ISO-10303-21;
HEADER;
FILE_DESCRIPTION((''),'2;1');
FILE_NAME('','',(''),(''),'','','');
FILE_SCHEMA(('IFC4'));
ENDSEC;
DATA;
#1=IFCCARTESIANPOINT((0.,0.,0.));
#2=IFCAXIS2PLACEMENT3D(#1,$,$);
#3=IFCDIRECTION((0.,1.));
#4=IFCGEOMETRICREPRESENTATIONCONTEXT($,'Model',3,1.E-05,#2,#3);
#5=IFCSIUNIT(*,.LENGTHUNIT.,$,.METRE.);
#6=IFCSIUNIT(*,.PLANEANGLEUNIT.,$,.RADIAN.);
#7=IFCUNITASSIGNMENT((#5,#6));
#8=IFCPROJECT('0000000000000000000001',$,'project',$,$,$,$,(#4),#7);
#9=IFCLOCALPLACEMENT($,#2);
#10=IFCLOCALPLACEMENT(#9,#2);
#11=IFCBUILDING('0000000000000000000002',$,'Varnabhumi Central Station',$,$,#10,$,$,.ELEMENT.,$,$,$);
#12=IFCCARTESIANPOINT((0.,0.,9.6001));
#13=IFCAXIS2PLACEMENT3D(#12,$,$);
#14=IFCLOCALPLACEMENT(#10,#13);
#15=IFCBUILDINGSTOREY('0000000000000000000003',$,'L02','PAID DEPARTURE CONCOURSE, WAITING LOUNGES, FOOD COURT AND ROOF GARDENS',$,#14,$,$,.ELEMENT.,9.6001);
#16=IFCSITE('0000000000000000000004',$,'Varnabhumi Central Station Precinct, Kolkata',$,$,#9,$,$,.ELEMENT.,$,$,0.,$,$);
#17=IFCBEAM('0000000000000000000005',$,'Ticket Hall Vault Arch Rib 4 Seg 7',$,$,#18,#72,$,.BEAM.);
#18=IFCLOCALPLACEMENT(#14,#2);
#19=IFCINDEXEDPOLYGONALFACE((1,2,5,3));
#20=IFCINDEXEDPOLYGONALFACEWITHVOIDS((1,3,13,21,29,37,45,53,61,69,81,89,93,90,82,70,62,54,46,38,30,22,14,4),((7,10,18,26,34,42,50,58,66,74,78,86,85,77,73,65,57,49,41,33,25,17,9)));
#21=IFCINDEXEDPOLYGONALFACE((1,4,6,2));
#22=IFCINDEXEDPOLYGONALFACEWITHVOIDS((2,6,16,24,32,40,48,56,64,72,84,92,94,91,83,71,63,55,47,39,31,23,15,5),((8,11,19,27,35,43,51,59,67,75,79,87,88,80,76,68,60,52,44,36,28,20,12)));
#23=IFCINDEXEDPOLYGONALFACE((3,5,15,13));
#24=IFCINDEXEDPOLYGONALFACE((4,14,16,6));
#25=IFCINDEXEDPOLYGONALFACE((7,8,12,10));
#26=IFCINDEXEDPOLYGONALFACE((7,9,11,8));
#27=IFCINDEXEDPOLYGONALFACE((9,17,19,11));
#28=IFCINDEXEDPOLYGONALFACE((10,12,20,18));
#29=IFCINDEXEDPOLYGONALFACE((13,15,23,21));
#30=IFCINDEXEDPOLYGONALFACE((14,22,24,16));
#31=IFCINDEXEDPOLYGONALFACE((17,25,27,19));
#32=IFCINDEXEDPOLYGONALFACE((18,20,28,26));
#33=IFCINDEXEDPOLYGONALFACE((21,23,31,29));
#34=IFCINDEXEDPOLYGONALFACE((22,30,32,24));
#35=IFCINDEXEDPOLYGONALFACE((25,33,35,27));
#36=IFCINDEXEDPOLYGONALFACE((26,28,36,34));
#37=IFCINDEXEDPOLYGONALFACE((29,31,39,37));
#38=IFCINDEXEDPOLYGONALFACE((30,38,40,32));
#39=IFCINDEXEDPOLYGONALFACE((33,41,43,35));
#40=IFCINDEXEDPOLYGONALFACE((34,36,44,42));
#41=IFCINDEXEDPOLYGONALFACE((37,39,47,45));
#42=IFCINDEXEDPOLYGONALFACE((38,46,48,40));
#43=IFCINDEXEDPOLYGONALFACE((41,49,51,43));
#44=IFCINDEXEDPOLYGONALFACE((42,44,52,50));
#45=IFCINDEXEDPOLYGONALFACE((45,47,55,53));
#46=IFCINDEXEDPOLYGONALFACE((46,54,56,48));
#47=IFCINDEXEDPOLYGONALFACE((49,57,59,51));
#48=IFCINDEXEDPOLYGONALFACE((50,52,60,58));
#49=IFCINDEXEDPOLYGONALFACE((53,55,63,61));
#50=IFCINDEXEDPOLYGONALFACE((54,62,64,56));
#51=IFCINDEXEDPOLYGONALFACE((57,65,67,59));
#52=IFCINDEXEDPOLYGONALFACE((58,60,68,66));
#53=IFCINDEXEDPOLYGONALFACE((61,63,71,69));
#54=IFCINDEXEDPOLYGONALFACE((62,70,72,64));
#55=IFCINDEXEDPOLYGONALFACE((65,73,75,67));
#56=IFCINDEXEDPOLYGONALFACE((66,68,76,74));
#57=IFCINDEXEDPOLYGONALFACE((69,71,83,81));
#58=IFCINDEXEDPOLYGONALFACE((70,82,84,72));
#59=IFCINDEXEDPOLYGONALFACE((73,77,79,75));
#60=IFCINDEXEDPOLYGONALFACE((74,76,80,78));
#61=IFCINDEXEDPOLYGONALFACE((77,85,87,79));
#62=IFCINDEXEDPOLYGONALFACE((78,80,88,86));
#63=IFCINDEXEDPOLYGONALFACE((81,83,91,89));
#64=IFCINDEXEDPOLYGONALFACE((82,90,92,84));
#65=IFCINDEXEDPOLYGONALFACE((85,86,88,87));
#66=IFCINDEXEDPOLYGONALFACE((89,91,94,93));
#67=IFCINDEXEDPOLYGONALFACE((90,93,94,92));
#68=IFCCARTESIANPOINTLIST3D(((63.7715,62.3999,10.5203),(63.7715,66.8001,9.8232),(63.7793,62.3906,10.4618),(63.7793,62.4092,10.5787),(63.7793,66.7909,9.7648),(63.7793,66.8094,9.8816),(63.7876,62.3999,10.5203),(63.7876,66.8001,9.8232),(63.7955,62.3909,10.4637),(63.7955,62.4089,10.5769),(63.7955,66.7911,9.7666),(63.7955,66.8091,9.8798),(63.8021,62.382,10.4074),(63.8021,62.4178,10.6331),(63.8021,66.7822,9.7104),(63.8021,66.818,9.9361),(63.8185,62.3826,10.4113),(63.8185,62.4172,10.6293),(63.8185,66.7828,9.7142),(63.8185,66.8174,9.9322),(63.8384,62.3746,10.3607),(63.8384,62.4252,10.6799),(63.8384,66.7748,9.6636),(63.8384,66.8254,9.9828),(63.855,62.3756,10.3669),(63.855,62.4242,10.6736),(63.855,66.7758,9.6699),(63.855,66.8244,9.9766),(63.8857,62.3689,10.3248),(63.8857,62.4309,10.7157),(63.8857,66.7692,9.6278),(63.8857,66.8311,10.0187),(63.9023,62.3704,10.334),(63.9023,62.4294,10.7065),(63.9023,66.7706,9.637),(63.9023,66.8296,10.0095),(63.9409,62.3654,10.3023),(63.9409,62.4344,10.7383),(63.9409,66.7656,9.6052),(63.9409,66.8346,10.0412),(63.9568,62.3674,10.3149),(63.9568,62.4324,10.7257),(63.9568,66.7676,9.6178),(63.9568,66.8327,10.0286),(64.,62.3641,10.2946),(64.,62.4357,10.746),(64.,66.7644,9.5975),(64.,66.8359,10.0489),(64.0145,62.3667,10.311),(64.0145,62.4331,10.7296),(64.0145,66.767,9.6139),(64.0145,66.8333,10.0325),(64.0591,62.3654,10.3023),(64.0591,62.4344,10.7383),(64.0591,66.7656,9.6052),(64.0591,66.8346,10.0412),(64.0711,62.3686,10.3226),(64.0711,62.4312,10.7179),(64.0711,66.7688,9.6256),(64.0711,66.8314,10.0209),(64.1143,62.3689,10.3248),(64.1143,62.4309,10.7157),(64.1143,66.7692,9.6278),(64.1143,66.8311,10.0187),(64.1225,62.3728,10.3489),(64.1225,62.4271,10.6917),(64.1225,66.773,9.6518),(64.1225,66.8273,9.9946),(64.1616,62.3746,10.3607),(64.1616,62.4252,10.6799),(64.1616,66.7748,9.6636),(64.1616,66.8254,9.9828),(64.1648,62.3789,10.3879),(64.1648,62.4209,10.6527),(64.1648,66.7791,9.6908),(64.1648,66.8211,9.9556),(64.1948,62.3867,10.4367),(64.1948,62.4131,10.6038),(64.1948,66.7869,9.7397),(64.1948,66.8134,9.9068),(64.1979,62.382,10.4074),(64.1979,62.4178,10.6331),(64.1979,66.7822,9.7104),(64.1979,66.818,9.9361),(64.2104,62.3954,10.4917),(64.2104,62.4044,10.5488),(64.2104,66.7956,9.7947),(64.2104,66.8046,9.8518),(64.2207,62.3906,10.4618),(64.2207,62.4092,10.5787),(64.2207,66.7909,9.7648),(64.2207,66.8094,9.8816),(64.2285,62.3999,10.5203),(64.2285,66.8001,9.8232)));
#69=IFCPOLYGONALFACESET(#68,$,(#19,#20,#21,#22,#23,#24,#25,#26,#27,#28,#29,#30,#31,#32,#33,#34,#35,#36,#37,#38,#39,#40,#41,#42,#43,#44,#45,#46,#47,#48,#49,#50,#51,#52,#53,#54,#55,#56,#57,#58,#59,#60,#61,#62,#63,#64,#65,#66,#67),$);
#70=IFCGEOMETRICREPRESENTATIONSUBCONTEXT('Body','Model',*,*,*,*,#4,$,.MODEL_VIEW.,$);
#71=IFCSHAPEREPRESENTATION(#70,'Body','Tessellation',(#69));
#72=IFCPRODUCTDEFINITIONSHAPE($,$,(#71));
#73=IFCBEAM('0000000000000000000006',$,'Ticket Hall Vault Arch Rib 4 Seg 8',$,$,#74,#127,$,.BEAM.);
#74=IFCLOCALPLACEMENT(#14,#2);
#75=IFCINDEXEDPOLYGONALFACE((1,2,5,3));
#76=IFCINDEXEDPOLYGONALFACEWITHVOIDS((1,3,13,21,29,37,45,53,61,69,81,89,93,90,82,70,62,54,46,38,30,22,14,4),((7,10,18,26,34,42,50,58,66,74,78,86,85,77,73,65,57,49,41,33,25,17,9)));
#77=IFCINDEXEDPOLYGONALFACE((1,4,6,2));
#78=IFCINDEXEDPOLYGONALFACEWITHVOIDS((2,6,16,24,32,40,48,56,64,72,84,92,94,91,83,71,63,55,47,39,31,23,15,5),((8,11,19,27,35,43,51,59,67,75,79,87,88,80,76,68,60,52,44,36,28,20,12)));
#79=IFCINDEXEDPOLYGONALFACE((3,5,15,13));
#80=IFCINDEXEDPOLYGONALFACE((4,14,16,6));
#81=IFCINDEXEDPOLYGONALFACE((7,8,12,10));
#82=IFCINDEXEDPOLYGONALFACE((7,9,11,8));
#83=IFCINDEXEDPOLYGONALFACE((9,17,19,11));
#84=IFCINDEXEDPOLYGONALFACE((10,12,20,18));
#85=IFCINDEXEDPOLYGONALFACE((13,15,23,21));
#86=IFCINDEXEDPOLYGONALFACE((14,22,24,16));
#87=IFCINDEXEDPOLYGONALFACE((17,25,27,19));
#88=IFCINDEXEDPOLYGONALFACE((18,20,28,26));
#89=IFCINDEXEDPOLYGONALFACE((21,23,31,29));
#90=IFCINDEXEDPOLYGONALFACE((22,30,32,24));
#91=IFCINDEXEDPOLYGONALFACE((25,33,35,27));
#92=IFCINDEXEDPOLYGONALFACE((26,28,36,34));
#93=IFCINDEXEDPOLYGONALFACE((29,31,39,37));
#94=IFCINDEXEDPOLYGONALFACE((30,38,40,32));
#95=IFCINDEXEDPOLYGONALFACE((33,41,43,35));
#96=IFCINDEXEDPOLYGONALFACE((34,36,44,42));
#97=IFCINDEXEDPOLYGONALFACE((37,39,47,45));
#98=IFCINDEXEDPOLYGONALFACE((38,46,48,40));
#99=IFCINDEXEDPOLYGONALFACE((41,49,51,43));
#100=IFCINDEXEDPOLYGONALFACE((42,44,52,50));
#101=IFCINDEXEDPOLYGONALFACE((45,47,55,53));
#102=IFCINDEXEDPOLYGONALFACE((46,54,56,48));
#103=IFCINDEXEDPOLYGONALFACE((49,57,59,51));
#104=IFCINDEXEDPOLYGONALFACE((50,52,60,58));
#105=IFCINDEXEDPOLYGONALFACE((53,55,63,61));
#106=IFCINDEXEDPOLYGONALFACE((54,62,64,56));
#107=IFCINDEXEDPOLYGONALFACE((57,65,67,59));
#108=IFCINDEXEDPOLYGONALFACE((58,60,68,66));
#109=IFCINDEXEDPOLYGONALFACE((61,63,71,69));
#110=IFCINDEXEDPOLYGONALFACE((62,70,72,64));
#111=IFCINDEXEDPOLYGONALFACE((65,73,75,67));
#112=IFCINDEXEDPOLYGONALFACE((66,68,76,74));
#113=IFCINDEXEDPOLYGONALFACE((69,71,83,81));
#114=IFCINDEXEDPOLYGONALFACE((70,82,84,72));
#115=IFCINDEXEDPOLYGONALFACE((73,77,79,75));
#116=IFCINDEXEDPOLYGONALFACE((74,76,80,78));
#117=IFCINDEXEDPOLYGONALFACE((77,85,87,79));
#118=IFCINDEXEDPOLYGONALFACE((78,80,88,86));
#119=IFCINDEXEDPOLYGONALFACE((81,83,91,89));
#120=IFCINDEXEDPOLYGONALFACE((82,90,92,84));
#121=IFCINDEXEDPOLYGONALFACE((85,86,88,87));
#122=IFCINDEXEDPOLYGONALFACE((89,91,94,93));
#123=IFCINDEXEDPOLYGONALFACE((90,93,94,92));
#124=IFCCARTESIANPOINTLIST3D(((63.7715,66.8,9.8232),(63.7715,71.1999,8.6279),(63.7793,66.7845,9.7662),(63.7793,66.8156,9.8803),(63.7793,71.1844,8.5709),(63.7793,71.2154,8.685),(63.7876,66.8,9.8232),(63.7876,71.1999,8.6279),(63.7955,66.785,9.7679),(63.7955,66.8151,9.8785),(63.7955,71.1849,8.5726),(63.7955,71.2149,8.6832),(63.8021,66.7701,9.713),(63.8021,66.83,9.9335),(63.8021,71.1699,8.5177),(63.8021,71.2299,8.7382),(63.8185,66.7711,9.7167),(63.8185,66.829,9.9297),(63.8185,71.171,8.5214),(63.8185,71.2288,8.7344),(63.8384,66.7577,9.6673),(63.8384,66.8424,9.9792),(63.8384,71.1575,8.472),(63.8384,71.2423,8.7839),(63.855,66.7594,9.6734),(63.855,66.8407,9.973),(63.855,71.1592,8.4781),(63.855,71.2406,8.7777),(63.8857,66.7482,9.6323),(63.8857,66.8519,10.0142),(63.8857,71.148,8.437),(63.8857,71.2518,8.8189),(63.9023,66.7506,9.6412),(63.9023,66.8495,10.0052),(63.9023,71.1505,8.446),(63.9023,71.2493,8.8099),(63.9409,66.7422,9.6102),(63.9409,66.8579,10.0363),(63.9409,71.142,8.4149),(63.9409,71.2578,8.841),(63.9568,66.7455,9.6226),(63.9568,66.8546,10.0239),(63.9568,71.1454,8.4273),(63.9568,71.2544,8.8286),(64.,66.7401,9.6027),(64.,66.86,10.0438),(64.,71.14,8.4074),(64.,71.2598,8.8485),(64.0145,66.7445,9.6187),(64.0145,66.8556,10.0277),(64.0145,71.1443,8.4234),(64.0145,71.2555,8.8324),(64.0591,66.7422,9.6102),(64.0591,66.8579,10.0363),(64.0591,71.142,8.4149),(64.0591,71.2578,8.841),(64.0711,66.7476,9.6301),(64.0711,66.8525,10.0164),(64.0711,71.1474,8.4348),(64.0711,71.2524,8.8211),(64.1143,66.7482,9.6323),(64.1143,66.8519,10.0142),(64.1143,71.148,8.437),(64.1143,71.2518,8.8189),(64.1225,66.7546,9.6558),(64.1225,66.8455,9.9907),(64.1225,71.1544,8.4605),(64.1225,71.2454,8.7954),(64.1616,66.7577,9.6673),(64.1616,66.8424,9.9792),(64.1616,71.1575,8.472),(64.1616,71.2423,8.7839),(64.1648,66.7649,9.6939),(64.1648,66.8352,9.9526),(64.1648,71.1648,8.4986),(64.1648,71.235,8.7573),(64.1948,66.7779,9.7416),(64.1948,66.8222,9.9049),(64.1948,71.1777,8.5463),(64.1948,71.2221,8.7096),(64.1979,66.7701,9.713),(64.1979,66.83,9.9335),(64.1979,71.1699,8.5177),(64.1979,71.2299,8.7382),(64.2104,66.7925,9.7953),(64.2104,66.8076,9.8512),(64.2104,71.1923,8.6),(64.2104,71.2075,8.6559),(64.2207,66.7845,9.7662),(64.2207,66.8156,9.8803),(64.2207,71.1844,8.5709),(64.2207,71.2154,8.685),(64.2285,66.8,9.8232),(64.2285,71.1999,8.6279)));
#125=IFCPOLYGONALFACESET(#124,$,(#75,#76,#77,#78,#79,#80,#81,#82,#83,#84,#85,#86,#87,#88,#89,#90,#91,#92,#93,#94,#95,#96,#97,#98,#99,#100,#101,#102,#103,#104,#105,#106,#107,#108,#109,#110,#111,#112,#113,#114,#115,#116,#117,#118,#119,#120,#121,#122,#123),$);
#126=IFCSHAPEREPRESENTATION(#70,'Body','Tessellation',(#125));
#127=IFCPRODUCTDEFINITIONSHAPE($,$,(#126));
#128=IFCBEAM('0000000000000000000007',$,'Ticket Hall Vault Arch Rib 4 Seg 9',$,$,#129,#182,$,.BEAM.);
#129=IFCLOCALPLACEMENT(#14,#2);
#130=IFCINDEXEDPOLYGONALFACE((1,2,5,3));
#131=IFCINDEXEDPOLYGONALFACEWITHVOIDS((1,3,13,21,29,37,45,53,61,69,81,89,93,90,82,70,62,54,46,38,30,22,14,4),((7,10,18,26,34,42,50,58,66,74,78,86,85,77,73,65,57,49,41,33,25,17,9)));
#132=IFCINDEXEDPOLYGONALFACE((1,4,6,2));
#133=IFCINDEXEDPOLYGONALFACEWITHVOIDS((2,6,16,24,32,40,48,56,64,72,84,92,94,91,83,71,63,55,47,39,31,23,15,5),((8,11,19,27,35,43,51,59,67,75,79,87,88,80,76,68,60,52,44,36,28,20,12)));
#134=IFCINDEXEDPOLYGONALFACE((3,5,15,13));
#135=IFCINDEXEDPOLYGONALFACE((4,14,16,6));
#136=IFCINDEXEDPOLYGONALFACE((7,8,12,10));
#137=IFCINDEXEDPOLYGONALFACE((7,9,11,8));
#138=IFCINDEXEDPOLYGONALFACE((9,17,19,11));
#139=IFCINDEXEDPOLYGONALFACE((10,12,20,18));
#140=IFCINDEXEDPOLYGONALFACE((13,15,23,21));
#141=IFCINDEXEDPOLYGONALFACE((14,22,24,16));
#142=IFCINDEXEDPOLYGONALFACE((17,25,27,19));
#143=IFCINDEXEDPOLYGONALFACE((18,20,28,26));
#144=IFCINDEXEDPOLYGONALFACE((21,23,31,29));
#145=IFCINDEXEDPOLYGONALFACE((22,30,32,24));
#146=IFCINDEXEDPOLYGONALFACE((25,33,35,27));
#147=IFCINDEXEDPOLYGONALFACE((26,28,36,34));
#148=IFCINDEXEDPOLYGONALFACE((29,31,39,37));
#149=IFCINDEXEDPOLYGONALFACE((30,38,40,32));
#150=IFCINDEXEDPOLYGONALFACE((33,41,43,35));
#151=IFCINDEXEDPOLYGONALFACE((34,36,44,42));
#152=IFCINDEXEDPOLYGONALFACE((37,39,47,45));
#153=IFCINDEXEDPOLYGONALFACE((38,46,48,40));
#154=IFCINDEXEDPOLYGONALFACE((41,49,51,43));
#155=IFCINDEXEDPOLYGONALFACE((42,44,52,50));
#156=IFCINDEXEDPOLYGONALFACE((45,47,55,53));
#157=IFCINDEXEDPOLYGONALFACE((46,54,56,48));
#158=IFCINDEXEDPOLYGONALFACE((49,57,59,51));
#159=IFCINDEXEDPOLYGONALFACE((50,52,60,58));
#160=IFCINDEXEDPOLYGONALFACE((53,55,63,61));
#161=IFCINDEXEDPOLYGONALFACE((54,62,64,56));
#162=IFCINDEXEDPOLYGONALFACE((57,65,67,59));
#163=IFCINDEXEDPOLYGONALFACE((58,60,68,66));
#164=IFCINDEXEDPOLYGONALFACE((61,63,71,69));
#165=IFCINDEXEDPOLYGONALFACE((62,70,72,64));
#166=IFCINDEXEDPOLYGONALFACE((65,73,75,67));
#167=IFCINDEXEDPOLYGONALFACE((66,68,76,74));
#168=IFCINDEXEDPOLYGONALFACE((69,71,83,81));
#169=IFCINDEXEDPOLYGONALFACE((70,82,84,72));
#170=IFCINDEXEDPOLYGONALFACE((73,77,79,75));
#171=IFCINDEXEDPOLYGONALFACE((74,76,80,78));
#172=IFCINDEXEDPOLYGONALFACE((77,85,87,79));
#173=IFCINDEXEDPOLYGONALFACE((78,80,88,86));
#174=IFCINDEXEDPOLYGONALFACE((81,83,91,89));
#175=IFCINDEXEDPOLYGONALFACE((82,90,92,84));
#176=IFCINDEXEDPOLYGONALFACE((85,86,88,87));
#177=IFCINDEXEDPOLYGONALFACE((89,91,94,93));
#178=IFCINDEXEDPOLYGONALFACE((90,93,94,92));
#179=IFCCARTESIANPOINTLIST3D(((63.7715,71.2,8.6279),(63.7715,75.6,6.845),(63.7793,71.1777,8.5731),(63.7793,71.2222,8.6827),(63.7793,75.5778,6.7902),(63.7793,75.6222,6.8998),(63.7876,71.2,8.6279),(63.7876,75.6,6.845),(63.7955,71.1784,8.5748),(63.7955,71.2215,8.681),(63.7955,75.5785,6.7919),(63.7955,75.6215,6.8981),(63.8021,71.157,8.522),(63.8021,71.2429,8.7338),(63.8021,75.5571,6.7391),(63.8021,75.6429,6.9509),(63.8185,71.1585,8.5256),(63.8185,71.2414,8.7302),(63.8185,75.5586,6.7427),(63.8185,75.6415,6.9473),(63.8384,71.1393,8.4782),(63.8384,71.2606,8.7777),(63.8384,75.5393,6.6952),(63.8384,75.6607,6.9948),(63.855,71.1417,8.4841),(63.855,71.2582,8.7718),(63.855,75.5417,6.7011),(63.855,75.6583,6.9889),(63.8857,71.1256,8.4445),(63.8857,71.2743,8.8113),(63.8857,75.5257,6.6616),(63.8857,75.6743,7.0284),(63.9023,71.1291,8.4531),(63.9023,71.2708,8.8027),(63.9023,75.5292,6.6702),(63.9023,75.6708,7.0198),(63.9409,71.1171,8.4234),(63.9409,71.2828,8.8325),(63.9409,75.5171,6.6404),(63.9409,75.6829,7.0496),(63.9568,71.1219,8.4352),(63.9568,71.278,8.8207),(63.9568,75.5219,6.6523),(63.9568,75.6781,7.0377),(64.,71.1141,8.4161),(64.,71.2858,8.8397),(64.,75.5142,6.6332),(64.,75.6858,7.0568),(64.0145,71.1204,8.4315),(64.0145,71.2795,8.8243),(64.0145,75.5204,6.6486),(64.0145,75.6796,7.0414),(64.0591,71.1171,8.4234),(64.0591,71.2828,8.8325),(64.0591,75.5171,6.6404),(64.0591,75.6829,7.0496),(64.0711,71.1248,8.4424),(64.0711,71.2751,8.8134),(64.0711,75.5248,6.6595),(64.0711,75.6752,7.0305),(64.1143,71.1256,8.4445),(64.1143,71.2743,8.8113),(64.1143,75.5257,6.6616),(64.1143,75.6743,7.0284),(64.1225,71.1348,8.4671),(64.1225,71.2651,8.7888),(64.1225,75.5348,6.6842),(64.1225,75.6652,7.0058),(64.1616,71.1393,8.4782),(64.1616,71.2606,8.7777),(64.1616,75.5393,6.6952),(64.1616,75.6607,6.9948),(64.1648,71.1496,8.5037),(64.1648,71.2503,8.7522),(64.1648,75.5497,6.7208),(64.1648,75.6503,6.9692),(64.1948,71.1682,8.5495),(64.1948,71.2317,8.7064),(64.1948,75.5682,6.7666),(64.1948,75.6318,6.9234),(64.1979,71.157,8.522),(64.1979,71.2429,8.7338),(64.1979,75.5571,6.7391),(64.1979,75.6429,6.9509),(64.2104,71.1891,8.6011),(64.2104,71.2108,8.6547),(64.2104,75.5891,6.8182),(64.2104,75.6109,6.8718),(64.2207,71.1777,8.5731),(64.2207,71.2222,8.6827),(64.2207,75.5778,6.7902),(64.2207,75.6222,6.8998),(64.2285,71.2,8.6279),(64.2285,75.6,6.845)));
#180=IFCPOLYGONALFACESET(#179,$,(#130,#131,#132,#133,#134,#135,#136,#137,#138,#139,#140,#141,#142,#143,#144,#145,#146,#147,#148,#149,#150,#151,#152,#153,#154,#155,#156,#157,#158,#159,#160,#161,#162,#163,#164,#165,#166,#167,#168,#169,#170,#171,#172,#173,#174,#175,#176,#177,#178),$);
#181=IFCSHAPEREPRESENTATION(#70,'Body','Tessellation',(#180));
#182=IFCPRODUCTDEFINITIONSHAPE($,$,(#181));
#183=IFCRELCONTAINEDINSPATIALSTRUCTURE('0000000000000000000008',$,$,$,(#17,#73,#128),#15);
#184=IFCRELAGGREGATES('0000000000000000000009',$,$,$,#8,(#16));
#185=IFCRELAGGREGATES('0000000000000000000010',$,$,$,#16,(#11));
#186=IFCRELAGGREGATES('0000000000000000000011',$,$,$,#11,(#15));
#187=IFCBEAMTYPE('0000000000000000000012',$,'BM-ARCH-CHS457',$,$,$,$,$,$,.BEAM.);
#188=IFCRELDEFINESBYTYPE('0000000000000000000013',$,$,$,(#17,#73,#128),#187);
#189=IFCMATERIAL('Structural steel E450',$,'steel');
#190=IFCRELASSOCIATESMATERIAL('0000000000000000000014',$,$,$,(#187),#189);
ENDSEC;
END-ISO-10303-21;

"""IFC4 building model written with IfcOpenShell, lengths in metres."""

from ifc_helpers import new_model, si_unit, direction, frame, origin, origin_2d, place, context, subcontext, project, spatial, hollow_circle, extrude, material, material_profile, profile_set, type_object, element, save


model = new_model("IFC4")

# Units and contexts
model_context = context("Model", 3, precision=1e-05, world=origin(), true_north=direction((0.0, 1.0)))
body_context = subcontext(model_context, "Body", "Model", "MODEL_VIEW")
ifc_project = project(units=[si_unit("LENGTHUNIT", "METRE"), si_unit("PLANEANGLEUNIT", "RADIAN")], contexts=[model_context])

# Site, building, storey
site_placement = place(None, origin())
site = spatial("IfcSite", under=ifc_project, at=site_placement, Name="Varnabhumi Central Station Precinct, Kolkata", CompositionType="ELEMENT", RefElevation=0.0)
building_placement = place(site_placement, origin())
building = spatial("IfcBuilding", under=site, at=building_placement, Name="Varnabhumi Central Station", CompositionType="ELEMENT")
storey_placement = place(building_placement, frame((0.0, 0.0, 9.6001)))
storey = spatial("IfcBuildingStorey", under=building, at=storey_placement, Name="L02", Description="PAID DEPARTURE CONCOURSE, WAITING LOUNGES, FOOD COURT AND ROOF GARDENS", CompositionType="ELEMENT", Elevation=9.6001)

# Beams
ifc_material_1 = material(Name="Structural steel E450", Category="steel")
ifc_material_profile_1 = material_profile(ifc_material_1, hollow_circle(Radius=0.2285, WallThickness=0.0161, at=origin_2d()), Name="Structural steel E450", Category="steel")
ifc_profile_set_1 = profile_set([ifc_material_profile_1], Name="Structural steel E450")
beam_type_1 = type_object("IfcBeamType", Name="BM-ARCH-CHS457", PredefinedType="BEAM", material=ifc_profile_set_1)
beam_1_placement = place(storey_placement, frame((64.0, 62.3999, 10.5203), z_axis=(0.0, 0.987685, -0.156458), x_axis=(-1.0, 0.0, 0.0)))
element("IfcBeam", 1, at=beam_1_placement, inside=storey, type_object=beam_type_1, Name="Ticket Hall Vault Arch Rib 4 Seg 7", PredefinedType="BEAM", context=body_context, shape_type="SweptSolid", body=[
    extrude(hollow_circle(Radius=0.2285, WallThickness=0.0161, at=origin_2d()), origin(), (0.0, 0.0, 1.0), 4.4551),
])
beam_2_placement = place(storey_placement, frame((64.0, 66.8, 9.8232), z_axis=(0.0, 0.965023, -0.262166), x_axis=(-1.0, 0.0, 0.0)))
element("IfcBeam", 2, at=beam_2_placement, inside=storey, type_object=beam_type_1, Name="Ticket Hall Vault Arch Rib 4 Seg 8", PredefinedType="BEAM", context=body_context, shape_type="SweptSolid", body=[
    extrude(hollow_circle(Radius=0.2285, WallThickness=0.0161, at=origin_2d()), origin(), (0.0, 0.0, 1.0), 4.5593),
])
beam_3_placement = place(storey_placement, frame((64.0, 71.2, 8.6279), z_axis=(0.0, 0.926804, -0.375545), x_axis=(-1.0, 0.0, 0.0)))
element("IfcBeam", 3, at=beam_3_placement, inside=storey, type_object=beam_type_1, Name="Ticket Hall Vault Arch Rib 4 Seg 9", PredefinedType="BEAM", context=body_context, shape_type="SweptSolid", body=[
    extrude(hollow_circle(Radius=0.2285, WallThickness=0.0161, at=origin_2d()), origin(), (0.0, 0.0, 1.0), 4.7476),
])

save(model, "model.ifc")
